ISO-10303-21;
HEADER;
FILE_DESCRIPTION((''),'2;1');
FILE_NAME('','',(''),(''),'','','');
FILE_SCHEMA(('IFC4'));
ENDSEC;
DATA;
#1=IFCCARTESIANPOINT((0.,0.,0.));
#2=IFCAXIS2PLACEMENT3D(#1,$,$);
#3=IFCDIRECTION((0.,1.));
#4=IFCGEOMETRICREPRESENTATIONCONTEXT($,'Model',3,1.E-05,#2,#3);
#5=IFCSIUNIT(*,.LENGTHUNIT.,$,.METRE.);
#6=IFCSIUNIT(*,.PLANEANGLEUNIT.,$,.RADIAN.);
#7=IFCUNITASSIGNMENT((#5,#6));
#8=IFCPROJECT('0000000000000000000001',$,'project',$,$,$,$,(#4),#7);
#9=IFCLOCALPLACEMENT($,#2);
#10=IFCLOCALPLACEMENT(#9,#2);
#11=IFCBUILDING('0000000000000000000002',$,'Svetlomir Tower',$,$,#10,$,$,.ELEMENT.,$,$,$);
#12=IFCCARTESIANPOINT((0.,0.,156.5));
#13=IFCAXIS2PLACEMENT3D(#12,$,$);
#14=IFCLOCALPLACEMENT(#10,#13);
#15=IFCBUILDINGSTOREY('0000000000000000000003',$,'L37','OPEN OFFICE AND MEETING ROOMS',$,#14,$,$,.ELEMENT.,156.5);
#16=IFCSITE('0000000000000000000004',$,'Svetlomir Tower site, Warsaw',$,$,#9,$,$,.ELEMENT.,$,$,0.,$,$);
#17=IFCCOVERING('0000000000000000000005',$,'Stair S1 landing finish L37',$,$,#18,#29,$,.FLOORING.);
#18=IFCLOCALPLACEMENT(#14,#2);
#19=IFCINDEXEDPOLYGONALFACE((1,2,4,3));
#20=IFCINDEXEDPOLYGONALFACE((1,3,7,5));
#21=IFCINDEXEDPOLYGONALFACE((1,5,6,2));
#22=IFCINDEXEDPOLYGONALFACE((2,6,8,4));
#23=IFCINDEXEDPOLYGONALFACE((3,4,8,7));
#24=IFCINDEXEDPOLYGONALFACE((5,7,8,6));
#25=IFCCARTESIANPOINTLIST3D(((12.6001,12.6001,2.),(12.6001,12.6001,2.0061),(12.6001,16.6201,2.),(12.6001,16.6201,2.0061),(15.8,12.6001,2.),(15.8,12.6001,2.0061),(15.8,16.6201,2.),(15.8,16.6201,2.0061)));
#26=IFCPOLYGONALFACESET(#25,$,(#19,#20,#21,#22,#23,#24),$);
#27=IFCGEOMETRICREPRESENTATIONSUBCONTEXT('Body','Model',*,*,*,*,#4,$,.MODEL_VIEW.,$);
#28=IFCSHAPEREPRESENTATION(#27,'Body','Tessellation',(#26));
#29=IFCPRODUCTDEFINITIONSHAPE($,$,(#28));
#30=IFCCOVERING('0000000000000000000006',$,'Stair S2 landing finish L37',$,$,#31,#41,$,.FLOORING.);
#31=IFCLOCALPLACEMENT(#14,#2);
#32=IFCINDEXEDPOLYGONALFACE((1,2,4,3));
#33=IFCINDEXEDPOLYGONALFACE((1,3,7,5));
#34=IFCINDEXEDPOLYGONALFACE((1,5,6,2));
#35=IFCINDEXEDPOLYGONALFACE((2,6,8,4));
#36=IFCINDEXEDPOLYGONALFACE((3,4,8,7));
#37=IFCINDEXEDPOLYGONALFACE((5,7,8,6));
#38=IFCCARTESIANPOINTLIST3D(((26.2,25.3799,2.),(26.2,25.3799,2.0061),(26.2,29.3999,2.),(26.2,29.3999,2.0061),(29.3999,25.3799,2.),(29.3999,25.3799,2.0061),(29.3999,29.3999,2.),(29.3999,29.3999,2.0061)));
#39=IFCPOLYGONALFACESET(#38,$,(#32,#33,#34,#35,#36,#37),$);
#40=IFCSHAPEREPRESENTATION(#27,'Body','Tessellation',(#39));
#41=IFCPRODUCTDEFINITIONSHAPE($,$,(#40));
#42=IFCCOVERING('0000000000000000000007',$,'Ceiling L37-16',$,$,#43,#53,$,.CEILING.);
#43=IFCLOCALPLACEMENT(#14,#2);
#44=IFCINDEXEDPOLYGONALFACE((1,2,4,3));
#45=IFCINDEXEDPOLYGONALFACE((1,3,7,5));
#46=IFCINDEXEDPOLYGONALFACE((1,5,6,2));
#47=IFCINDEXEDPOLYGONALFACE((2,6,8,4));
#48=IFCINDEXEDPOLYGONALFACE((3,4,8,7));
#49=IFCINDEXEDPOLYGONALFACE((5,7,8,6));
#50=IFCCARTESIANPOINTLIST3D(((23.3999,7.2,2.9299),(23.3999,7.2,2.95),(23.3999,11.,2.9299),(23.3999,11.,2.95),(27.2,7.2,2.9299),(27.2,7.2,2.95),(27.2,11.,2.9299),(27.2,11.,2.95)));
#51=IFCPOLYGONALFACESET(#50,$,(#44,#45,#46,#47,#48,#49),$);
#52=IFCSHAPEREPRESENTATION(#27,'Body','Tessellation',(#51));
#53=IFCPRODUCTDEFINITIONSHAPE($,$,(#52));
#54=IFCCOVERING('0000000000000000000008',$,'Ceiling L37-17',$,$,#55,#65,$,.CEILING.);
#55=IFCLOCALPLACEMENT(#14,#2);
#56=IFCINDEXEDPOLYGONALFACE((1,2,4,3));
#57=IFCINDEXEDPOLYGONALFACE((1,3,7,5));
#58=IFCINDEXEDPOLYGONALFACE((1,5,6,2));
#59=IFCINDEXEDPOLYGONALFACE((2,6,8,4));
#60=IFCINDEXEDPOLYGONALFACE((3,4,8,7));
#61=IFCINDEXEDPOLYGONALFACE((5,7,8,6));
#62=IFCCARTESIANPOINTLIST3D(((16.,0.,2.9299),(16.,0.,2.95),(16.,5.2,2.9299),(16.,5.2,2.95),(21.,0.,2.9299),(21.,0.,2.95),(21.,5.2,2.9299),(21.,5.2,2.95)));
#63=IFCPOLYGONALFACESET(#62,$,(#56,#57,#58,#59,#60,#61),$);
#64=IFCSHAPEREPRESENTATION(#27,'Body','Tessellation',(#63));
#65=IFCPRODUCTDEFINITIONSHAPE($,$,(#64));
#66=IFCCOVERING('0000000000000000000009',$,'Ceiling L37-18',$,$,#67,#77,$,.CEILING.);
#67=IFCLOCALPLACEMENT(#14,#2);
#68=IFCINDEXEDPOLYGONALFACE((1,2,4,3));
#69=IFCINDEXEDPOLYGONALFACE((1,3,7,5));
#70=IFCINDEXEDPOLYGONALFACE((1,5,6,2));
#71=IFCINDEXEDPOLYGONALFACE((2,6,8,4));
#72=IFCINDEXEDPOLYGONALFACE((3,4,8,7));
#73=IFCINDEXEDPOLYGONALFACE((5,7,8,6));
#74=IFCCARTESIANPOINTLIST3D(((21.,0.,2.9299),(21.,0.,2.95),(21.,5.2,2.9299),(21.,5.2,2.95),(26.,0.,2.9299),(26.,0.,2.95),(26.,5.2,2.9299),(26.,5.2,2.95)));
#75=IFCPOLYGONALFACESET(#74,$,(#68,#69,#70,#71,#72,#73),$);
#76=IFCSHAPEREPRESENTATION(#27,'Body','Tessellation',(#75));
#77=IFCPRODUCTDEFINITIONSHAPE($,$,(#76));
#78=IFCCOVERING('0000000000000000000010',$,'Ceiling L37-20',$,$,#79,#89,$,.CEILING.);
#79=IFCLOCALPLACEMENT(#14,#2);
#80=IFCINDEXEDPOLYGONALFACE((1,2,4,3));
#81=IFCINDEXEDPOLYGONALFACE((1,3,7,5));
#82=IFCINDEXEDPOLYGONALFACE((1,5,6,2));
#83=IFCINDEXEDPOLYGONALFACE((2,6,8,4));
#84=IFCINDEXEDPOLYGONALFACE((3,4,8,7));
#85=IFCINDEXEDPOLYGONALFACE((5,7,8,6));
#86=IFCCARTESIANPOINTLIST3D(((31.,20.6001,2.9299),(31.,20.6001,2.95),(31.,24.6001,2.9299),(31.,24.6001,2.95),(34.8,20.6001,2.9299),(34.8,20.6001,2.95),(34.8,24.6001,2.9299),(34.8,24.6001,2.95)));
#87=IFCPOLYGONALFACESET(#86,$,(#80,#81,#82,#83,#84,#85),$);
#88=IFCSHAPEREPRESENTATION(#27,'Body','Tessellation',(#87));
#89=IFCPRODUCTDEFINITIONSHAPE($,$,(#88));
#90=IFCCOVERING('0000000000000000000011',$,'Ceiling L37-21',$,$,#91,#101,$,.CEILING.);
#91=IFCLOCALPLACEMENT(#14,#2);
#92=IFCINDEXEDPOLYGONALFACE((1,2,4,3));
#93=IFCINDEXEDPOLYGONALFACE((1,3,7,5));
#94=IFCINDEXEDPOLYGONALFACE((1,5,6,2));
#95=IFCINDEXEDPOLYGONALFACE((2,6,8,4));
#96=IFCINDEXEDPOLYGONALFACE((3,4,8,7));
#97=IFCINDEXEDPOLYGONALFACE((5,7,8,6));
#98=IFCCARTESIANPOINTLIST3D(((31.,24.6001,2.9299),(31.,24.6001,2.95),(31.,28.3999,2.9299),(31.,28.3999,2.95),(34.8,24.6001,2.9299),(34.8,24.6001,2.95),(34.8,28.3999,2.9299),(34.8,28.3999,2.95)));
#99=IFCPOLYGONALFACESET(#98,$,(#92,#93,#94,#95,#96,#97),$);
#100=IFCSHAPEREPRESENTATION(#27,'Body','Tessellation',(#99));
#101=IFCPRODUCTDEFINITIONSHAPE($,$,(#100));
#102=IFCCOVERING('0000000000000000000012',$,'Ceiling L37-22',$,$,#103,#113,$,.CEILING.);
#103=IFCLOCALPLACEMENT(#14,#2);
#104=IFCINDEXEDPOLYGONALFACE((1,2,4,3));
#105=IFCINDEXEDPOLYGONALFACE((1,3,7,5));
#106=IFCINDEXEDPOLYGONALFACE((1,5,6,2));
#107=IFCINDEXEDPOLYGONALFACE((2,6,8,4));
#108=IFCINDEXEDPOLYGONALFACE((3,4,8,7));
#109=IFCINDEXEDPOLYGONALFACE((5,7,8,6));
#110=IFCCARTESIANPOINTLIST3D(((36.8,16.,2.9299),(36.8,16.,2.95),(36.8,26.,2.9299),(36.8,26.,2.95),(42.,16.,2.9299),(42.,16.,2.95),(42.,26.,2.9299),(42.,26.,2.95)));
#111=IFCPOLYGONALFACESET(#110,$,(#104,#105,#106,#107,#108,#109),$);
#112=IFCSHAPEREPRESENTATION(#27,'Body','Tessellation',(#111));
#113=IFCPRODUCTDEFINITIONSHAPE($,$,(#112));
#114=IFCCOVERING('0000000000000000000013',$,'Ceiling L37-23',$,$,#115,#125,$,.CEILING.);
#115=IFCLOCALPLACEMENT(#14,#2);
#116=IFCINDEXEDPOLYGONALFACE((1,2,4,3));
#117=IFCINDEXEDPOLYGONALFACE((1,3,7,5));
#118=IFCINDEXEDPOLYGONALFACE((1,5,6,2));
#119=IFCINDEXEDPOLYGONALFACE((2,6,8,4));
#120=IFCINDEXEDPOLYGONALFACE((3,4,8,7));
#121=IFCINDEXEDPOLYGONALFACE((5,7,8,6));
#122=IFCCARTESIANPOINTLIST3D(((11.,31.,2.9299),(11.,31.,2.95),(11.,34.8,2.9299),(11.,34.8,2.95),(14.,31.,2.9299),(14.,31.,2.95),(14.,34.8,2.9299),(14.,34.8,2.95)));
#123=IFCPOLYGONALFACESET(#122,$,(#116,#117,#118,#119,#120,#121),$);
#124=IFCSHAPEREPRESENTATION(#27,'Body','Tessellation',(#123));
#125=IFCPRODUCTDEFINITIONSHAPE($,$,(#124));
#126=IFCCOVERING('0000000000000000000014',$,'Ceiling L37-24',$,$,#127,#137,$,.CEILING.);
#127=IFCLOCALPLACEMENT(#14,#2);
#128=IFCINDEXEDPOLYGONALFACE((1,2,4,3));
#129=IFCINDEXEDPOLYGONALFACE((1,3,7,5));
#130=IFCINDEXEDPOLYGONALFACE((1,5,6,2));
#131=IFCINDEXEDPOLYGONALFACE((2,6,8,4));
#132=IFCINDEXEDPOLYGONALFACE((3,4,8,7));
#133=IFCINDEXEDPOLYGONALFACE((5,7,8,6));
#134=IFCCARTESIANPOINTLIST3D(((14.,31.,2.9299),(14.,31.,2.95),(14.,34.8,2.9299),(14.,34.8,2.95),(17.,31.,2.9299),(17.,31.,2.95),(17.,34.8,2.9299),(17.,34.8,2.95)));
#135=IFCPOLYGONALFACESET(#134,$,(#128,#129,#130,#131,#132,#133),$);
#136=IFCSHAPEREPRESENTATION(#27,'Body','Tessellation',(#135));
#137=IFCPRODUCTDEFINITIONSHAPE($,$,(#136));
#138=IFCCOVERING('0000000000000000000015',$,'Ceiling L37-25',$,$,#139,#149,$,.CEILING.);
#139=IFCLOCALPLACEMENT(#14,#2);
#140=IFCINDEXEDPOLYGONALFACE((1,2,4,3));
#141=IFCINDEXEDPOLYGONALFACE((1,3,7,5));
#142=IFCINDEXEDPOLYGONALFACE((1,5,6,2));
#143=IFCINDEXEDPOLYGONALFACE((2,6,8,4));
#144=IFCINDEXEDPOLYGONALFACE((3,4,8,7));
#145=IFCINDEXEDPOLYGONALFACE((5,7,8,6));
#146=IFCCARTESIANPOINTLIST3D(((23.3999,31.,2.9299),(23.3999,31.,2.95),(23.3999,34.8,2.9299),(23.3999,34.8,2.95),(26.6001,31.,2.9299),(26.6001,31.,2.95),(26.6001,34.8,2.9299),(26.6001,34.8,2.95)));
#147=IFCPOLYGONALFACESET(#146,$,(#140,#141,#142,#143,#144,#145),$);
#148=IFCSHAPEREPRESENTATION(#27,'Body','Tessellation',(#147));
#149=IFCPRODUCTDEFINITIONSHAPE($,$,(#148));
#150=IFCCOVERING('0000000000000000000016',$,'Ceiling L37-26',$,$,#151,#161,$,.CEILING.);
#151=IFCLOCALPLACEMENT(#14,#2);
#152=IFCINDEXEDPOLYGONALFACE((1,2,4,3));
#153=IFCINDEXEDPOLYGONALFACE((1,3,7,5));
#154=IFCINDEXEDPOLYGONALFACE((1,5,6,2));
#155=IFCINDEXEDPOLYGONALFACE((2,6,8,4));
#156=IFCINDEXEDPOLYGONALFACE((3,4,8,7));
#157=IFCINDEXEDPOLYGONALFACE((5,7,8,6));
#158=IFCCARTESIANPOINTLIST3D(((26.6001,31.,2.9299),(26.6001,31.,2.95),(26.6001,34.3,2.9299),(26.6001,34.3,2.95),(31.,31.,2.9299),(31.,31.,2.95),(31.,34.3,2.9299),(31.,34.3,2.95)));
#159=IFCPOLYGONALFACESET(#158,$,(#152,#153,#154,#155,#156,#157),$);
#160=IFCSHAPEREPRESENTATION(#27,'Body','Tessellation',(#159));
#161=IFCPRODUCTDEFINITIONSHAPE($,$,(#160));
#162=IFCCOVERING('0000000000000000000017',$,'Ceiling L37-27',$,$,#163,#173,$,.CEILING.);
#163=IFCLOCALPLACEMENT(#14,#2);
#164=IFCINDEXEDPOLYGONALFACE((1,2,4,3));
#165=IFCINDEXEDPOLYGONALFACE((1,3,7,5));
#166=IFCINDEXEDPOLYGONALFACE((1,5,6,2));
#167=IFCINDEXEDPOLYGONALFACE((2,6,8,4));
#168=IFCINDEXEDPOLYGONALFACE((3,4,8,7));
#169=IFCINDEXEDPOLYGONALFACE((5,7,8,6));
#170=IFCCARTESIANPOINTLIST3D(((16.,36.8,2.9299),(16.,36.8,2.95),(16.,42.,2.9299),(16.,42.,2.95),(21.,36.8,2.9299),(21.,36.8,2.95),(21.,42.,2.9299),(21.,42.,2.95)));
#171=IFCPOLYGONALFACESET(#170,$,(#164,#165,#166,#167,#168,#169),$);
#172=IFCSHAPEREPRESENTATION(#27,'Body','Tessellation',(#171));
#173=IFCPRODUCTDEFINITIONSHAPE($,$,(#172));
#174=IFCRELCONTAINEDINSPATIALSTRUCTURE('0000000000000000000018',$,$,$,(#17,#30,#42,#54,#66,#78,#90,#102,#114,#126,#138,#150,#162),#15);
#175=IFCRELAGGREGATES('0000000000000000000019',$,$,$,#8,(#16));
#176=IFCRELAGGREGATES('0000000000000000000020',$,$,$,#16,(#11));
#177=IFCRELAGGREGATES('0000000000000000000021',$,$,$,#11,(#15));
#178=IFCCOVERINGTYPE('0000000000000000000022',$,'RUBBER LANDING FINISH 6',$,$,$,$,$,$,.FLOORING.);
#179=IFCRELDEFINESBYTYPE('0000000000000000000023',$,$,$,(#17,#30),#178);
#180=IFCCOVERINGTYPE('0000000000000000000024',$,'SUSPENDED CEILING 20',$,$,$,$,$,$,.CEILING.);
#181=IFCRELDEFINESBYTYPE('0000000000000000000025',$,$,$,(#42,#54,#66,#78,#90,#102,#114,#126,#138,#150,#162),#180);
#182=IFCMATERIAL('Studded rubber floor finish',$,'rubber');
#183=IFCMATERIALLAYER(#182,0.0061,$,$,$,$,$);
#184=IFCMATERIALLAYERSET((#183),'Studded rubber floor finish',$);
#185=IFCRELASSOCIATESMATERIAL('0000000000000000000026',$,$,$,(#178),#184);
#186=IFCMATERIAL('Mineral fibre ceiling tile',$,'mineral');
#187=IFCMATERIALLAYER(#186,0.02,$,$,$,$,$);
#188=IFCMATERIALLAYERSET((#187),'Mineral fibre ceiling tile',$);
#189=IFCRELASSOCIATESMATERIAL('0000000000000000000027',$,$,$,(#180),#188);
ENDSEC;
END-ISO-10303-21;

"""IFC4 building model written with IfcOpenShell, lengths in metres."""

from ifc_helpers import new_model, si_unit, direction, frame, origin, place, context, subcontext, project, spatial, polyline, outline, extrude, material, layer, layer_set, type_object, element, save


model = new_model("IFC4")

# Units and contexts
model_context = context("Model", 3, precision=1e-05, world=origin(), true_north=direction((0.0, 1.0)))
body_context = subcontext(model_context, "Body", "Model", "MODEL_VIEW")
ifc_project = project(units=[si_unit("LENGTHUNIT", "METRE"), si_unit("PLANEANGLEUNIT", "RADIAN")], contexts=[model_context])

# Site, building, storey
site_placement = place(None, origin())
site = spatial("IfcSite", under=ifc_project, at=site_placement, Name="Svetlomir Tower site, Warsaw", CompositionType="ELEMENT", RefElevation=0.0)
building_placement = place(site_placement, origin())
building = spatial("IfcBuilding", under=site, at=building_placement, Name="Svetlomir Tower", CompositionType="ELEMENT")
storey_placement = place(building_placement, frame((0.0, 0.0, 156.5)))
storey = spatial("IfcBuildingStorey", under=building, at=storey_placement, Name="L37", Description="OPEN OFFICE AND MEETING ROOMS", CompositionType="ELEMENT", Elevation=156.5)

# Coverings
ifc_material_1 = material(Name="Studded rubber floor finish", Category="rubber")
ifc_layer_1 = layer(ifc_material_1, 0.0061)
ifc_layer_set_1 = layer_set([ifc_layer_1], Name="Studded rubber floor finish")
covering_type_1 = type_object("IfcCoveringType", Name="RUBBER LANDING FINISH 6", PredefinedType="FLOORING", material=ifc_layer_set_1)
covering_1_placement = place(storey_placement, frame((0.0, 0.0, 2.0)))
element("IfcCovering", 1, at=covering_1_placement, inside=storey, type_object=covering_type_1, Name="Stair S1 landing finish L37", PredefinedType="FLOORING", context=body_context, shape_type="SweptSolid", body=[
    extrude(outline(polyline([(12.6001, 12.6001), (15.8, 12.6001), (15.8, 16.6201), (12.6001, 16.6201), (12.6001, 12.6001)])), origin(), (0.0, 0.0, 1.0), 0.0061),
])
covering_2_placement = place(storey_placement, frame((0.0, 0.0, 2.0)))
element("IfcCovering", 2, at=covering_2_placement, inside=storey, type_object=covering_type_1, Name="Stair S2 landing finish L37", PredefinedType="FLOORING", context=body_context, shape_type="SweptSolid", body=[
    extrude(outline(polyline([(26.2, 25.3799), (29.3999, 25.3799), (29.3999, 29.3999), (26.2, 29.3999), (26.2, 25.3799)])), origin(), (0.0, 0.0, 1.0), 0.0061),
])
ifc_material_2 = material(Name="Mineral fibre ceiling tile", Category="mineral")
ifc_layer_2 = layer(ifc_material_2, 0.02)
ifc_layer_set_2 = layer_set([ifc_layer_2], Name="Mineral fibre ceiling tile")
covering_type_2 = type_object("IfcCoveringType", Name="SUSPENDED CEILING 20", PredefinedType="CEILING", material=ifc_layer_set_2)
covering_3_placement = place(storey_placement, frame((0.0, 0.0, 2.9299)))
element("IfcCovering", 3, at=covering_3_placement, inside=storey, type_object=covering_type_2, Name="Ceiling L37-16", PredefinedType="CEILING", context=body_context, shape_type="SweptSolid", body=[
    extrude(outline(polyline([(23.3999, 7.2), (27.2, 7.2), (27.2, 11.0), (23.3999, 11.0), (23.3999, 7.2)])), origin(), (0.0, 0.0, 1.0), 0.02),
])
covering_4_placement = place(storey_placement, frame((0.0, 0.0, 2.9299)))
element("IfcCovering", 4, at=covering_4_placement, inside=storey, type_object=covering_type_2, Name="Ceiling L37-17", PredefinedType="CEILING", context=body_context, shape_type="SweptSolid", body=[
    extrude(outline(polyline([(16.0, 0.0), (21.0, 0.0), (21.0, 5.2), (16.0, 5.2), (16.0, 0.0)])), origin(), (0.0, 0.0, 1.0), 0.02),
])
covering_5_placement = place(storey_placement, frame((0.0, 0.0, 2.9299)))
element("IfcCovering", 5, at=covering_5_placement, inside=storey, type_object=covering_type_2, Name="Ceiling L37-18", PredefinedType="CEILING", context=body_context, shape_type="SweptSolid", body=[
    extrude(outline(polyline([(21.0, 0.0), (26.0, 0.0), (26.0, 5.2), (21.0, 5.2), (21.0, 0.0)])), origin(), (0.0, 0.0, 1.0), 0.02),
])
covering_6_placement = place(storey_placement, frame((0.0, 0.0, 2.9299)))
element("IfcCovering", 6, at=covering_6_placement, inside=storey, type_object=covering_type_2, Name="Ceiling L37-20", PredefinedType="CEILING", context=body_context, shape_type="SweptSolid", body=[
    extrude(outline(polyline([(31.0, 20.6001), (34.8, 20.6001), (34.8, 24.6001), (31.0, 24.6001), (31.0, 20.6001)])), origin(), (0.0, 0.0, 1.0), 0.02),
])
covering_7_placement = place(storey_placement, frame((0.0, 0.0, 2.9299)))
element("IfcCovering", 7, at=covering_7_placement, inside=storey, type_object=covering_type_2, Name="Ceiling L37-21", PredefinedType="CEILING", context=body_context, shape_type="SweptSolid", body=[
    extrude(outline(polyline([(31.0, 24.6001), (34.8, 24.6001), (34.8, 28.3999), (31.0, 28.3999), (31.0, 24.6001)])), origin(), (0.0, 0.0, 1.0), 0.02),
])
covering_8_placement = place(storey_placement, frame((0.0, 0.0, 2.9299)))
element("IfcCovering", 8, at=covering_8_placement, inside=storey, type_object=covering_type_2, Name="Ceiling L37-22", PredefinedType="CEILING", context=body_context, shape_type="SweptSolid", body=[
    extrude(outline(polyline([(36.8, 16.0), (42.0, 16.0), (42.0, 26.0), (36.8, 26.0), (36.8, 16.0)])), origin(), (0.0, 0.0, 1.0), 0.02),
])
covering_9_placement = place(storey_placement, frame((0.0, 0.0, 2.9299)))
element("IfcCovering", 9, at=covering_9_placement, inside=storey, type_object=covering_type_2, Name="Ceiling L37-23", PredefinedType="CEILING", context=body_context, shape_type="SweptSolid", body=[
    extrude(outline(polyline([(11.0, 31.0), (14.0, 31.0), (14.0, 34.8), (11.0, 34.8), (11.0, 31.0)])), origin(), (0.0, 0.0, 1.0), 0.02),
])
covering_10_placement = place(storey_placement, frame((0.0, 0.0, 2.9299)))
element("IfcCovering", 10, at=covering_10_placement, inside=storey, type_object=covering_type_2, Name="Ceiling L37-24", PredefinedType="CEILING", context=body_context, shape_type="SweptSolid", body=[
    extrude(outline(polyline([(14.0, 31.0), (17.0, 31.0), (17.0, 34.8), (14.0, 34.8), (14.0, 31.0)])), origin(), (0.0, 0.0, 1.0), 0.02),
])
covering_11_placement = place(storey_placement, frame((0.0, 0.0, 2.9299)))
element("IfcCovering", 11, at=covering_11_placement, inside=storey, type_object=covering_type_2, Name="Ceiling L37-25", PredefinedType="CEILING", context=body_context, shape_type="SweptSolid", body=[
    extrude(outline(polyline([(23.3999, 31.0), (26.6001, 31.0), (26.6001, 34.8), (23.3999, 34.8), (23.3999, 31.0)])), origin(), (0.0, 0.0, 1.0), 0.02),
])
covering_12_placement = place(storey_placement, frame((0.0, 0.0, 2.9299)))
element("IfcCovering", 12, at=covering_12_placement, inside=storey, type_object=covering_type_2, Name="Ceiling L37-26", PredefinedType="CEILING", context=body_context, shape_type="SweptSolid", body=[
    extrude(outline(polyline([(26.6001, 31.0), (31.0, 31.0), (31.0, 34.3), (26.6001, 34.3), (26.6001, 31.0)])), origin(), (0.0, 0.0, 1.0), 0.02),
])
covering_13_placement = place(storey_placement, frame((0.0, 0.0, 2.9299)))
element("IfcCovering", 13, at=covering_13_placement, inside=storey, type_object=covering_type_2, Name="Ceiling L37-27", PredefinedType="CEILING", context=body_context, shape_type="SweptSolid", body=[
    extrude(outline(polyline([(16.0, 36.8), (21.0, 36.8), (21.0, 42.0), (16.0, 42.0), (16.0, 36.8)])), origin(), (0.0, 0.0, 1.0), 0.02),
])

save(model, "model.ifc")
